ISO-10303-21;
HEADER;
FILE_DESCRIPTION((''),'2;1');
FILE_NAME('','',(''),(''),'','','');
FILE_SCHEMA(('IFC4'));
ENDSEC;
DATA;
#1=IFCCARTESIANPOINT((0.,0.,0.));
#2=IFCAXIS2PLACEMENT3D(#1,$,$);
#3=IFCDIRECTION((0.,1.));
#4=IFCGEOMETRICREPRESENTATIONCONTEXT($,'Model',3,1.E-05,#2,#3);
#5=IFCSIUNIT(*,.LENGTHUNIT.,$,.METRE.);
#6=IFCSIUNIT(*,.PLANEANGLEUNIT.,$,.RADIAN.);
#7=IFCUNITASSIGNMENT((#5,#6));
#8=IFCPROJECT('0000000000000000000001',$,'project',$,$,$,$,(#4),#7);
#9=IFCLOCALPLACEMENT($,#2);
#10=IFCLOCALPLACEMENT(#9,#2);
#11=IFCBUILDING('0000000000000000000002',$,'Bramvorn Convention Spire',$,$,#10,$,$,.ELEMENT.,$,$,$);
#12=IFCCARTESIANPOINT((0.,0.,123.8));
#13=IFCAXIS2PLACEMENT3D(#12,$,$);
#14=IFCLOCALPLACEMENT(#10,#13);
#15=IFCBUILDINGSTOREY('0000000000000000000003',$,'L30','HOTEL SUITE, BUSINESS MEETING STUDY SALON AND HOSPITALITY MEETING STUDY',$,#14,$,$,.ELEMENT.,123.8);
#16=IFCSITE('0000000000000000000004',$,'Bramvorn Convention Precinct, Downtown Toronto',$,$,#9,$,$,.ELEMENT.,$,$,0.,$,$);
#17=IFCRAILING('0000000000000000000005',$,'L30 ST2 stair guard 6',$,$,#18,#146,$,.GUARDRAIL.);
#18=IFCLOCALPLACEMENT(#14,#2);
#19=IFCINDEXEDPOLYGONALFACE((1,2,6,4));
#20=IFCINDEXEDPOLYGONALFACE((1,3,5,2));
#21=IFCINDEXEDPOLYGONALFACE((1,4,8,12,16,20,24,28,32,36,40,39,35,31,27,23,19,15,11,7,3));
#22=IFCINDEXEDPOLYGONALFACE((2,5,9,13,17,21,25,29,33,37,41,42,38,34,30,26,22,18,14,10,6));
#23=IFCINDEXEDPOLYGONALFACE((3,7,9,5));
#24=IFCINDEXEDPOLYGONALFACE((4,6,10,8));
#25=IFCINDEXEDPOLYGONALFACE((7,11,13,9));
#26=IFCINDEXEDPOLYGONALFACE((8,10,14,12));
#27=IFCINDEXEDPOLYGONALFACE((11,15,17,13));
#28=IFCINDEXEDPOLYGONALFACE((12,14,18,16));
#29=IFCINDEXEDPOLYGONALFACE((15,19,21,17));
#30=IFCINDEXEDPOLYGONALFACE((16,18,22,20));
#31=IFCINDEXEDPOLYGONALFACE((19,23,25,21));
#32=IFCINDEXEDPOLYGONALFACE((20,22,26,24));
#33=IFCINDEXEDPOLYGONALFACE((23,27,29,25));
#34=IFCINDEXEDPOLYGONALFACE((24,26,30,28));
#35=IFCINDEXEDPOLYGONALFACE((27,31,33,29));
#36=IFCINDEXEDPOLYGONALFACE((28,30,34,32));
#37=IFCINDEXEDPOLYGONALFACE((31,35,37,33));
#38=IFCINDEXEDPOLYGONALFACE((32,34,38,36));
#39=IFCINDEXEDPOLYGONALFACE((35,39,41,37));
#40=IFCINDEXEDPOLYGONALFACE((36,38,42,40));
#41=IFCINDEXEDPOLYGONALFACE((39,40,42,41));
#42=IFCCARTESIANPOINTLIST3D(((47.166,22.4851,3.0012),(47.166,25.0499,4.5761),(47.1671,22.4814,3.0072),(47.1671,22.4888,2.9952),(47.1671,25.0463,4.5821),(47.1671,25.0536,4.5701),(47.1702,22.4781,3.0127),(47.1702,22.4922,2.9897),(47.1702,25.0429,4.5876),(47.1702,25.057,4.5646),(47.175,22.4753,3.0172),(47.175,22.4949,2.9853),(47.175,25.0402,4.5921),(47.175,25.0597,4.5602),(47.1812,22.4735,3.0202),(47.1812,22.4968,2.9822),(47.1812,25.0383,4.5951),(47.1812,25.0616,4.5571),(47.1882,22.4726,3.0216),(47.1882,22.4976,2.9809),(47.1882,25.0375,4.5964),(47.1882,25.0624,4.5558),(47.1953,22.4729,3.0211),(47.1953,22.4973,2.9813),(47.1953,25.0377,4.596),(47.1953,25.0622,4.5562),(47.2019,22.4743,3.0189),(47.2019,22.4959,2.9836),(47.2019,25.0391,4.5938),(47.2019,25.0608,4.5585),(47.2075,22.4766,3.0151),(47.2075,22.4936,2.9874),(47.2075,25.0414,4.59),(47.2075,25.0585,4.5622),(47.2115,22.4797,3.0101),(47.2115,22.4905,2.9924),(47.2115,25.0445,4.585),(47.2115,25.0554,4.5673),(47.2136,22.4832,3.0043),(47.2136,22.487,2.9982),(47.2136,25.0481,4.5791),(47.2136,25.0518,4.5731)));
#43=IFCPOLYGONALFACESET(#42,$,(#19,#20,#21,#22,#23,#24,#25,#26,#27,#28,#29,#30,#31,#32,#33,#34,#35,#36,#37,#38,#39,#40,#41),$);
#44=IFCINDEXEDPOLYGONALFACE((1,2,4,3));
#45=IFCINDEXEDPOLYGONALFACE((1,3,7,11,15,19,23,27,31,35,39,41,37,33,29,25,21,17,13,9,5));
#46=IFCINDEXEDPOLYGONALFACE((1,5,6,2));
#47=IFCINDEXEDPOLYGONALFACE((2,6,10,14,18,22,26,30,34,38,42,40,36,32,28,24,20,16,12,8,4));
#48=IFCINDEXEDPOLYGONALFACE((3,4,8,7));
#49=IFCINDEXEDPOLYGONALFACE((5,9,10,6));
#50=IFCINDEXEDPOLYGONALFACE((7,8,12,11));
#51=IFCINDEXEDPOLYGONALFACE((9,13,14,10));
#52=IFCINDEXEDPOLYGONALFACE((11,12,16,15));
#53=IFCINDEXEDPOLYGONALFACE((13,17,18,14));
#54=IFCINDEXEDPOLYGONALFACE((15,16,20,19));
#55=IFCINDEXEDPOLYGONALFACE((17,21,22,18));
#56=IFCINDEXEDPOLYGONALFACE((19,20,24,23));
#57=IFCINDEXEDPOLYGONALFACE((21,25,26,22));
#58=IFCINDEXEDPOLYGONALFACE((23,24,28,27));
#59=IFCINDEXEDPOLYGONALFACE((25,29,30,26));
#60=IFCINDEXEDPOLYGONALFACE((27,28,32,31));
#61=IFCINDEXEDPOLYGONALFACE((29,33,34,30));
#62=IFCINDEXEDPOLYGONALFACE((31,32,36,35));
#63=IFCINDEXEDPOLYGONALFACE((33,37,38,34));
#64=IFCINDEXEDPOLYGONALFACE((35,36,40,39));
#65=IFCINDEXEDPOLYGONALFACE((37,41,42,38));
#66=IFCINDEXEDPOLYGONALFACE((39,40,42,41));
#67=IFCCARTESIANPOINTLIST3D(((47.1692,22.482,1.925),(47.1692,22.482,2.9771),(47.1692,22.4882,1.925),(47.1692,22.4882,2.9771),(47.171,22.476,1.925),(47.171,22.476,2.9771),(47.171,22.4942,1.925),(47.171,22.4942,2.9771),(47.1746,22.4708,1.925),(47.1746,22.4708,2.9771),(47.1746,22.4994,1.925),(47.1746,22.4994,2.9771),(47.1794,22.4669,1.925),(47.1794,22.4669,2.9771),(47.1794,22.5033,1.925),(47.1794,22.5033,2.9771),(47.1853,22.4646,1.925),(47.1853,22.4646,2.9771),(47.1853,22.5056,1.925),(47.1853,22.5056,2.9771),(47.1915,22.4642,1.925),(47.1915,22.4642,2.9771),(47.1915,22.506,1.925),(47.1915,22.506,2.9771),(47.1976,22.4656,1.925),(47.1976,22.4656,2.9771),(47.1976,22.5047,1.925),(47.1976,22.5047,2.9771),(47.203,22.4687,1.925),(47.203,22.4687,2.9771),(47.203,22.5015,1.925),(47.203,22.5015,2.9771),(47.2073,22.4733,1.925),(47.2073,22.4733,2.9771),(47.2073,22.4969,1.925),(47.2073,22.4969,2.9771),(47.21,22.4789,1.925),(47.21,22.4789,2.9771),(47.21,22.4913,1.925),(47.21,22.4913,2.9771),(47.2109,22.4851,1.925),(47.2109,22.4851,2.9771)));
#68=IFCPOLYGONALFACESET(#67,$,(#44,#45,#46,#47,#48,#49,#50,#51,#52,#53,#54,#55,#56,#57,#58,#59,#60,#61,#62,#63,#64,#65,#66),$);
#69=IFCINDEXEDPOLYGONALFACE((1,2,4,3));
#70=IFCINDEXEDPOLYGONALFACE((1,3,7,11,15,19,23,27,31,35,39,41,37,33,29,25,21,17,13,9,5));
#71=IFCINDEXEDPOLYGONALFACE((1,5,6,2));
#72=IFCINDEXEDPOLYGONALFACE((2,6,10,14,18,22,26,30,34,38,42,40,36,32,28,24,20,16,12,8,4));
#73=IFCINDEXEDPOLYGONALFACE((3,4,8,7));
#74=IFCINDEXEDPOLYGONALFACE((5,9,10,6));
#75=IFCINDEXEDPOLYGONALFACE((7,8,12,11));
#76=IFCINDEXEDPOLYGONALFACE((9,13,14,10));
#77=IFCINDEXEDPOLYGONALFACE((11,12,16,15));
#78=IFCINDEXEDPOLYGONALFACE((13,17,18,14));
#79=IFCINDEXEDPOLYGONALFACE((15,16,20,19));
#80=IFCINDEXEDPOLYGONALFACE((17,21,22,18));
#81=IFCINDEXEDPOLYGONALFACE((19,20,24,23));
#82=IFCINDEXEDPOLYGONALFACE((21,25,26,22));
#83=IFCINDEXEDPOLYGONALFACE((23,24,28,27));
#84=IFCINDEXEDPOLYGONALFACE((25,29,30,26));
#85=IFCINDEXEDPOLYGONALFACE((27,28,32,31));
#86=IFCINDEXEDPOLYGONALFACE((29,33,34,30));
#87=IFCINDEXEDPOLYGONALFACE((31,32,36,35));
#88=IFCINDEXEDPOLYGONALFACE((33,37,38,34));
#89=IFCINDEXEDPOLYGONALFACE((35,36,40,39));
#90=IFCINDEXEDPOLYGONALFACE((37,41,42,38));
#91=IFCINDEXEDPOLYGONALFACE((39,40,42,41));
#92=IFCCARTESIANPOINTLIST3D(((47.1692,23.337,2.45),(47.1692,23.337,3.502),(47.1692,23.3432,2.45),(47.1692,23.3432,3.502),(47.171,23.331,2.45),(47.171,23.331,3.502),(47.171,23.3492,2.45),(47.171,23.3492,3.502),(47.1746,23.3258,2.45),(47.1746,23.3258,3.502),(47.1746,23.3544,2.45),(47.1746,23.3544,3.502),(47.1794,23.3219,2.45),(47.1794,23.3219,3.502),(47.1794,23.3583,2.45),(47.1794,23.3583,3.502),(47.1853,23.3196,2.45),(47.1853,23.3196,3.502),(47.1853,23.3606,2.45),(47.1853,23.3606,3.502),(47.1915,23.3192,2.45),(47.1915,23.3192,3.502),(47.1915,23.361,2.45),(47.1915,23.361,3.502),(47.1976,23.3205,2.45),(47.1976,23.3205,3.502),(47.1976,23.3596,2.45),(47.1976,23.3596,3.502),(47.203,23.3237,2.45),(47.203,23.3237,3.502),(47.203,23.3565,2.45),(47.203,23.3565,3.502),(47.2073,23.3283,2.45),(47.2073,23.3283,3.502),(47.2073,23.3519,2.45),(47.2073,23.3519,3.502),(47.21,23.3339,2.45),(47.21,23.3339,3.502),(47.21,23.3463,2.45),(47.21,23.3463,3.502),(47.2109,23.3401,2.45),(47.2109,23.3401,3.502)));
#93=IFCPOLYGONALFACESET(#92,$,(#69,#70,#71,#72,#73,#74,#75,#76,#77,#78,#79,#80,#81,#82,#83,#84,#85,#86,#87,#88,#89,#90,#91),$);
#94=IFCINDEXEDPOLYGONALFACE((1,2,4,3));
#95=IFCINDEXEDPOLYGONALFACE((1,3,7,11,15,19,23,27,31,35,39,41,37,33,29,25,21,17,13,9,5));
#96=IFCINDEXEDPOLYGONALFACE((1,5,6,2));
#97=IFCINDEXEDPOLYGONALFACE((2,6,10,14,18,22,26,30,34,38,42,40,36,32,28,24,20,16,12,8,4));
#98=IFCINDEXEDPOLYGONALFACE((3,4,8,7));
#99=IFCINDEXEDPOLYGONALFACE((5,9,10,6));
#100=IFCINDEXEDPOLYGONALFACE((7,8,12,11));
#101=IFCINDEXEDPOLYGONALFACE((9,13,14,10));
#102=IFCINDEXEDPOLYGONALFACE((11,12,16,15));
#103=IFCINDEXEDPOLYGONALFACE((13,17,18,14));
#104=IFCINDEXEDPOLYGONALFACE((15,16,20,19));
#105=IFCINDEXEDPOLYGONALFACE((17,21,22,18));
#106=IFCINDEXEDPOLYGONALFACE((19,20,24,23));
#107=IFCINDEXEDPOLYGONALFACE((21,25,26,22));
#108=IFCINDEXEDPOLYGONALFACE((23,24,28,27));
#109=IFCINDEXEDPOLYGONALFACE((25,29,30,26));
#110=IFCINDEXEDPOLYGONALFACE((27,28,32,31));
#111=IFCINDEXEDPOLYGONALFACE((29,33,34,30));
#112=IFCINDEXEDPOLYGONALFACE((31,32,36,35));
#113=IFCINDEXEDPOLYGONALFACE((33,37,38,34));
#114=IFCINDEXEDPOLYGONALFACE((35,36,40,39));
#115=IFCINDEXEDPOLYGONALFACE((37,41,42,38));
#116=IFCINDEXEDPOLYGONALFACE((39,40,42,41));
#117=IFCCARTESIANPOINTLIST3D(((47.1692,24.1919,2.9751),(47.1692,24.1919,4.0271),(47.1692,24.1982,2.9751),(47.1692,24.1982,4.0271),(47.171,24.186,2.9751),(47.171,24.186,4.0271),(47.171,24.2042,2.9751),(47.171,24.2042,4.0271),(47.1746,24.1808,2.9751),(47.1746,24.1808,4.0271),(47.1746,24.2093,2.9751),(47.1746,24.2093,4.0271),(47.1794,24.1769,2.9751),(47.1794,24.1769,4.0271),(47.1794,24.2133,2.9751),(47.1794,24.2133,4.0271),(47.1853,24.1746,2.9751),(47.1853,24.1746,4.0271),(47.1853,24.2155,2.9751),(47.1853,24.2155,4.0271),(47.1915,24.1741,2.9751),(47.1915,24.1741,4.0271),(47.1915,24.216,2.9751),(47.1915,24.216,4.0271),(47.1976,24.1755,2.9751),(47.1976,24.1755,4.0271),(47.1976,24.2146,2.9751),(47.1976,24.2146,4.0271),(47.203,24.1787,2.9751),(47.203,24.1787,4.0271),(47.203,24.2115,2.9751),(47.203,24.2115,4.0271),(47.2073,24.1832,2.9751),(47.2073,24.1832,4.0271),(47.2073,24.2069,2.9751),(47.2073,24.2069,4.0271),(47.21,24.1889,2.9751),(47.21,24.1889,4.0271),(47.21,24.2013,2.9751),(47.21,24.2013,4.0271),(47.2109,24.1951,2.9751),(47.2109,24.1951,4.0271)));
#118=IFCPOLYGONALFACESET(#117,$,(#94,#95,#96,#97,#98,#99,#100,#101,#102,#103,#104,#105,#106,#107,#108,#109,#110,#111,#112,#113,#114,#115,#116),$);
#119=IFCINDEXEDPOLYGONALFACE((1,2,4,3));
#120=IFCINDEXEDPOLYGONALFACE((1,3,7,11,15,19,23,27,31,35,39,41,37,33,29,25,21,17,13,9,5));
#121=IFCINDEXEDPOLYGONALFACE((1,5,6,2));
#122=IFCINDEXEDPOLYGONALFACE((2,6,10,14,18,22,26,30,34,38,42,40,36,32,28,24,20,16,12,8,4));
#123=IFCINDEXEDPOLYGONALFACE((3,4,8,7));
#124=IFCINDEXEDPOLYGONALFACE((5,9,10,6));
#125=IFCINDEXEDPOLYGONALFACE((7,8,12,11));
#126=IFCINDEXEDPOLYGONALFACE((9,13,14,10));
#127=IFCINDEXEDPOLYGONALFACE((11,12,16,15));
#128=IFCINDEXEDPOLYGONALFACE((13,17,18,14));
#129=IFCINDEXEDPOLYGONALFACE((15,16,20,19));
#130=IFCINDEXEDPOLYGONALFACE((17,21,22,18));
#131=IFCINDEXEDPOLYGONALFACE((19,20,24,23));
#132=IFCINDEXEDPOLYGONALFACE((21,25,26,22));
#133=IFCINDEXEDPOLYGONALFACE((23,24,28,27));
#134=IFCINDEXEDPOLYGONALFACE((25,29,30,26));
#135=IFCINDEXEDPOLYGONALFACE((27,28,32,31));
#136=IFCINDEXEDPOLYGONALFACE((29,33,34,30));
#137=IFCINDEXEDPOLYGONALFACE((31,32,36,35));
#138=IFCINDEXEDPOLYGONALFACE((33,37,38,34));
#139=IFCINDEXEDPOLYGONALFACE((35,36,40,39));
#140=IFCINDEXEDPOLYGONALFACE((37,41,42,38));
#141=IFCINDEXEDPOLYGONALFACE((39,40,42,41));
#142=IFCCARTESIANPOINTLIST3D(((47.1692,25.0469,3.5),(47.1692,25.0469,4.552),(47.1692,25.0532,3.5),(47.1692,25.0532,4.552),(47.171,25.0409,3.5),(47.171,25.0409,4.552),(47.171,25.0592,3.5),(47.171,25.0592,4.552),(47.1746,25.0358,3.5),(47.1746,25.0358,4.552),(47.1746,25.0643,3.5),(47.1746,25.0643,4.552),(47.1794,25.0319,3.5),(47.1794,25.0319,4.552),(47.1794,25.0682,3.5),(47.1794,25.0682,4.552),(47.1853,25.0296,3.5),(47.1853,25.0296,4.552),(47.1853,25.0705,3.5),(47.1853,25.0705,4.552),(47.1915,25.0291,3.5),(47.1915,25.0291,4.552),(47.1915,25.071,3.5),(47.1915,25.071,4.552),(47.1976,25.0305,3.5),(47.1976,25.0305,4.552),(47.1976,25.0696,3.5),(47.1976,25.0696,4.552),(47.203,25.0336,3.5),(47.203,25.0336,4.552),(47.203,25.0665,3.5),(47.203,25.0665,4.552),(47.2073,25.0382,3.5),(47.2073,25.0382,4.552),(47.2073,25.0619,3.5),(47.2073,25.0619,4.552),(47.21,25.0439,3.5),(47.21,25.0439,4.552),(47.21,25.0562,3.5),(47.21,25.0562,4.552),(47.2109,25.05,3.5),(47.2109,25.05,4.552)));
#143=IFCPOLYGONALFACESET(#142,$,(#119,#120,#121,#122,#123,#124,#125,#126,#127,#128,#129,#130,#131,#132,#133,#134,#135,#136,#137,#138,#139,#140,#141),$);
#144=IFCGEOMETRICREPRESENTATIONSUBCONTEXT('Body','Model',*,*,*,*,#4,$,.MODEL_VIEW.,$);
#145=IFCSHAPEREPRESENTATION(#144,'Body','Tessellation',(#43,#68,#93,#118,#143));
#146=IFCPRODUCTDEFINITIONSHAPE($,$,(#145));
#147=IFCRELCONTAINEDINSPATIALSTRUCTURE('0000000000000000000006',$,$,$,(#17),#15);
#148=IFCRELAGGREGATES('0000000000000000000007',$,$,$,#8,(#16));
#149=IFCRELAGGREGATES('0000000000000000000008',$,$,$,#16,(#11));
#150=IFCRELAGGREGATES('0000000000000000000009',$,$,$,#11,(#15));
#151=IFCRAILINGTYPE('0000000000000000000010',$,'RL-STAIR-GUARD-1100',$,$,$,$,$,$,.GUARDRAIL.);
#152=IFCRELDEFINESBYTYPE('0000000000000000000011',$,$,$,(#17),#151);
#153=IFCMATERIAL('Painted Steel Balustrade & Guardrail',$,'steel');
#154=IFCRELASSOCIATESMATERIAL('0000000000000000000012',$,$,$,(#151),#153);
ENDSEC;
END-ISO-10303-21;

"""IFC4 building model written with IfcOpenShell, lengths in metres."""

from ifc_helpers import new_model, si_unit, direction, frame, origin, origin_2d, place, context, subcontext, project, spatial, circle, extrude, material, type_object, element, save


model = new_model("IFC4")

# Units and contexts
model_context = context("Model", 3, precision=1e-05, world=origin(), true_north=direction((0.0, 1.0)))
body_context = subcontext(model_context, "Body", "Model", "MODEL_VIEW")
ifc_project = project(units=[si_unit("LENGTHUNIT", "METRE"), si_unit("PLANEANGLEUNIT", "RADIAN")], contexts=[model_context])

# Site, building, storey
site_placement = place(None, origin())
site = spatial("IfcSite", under=ifc_project, at=site_placement, Name="Bramvorn Convention Precinct, Downtown Toronto", CompositionType="ELEMENT", RefElevation=0.0)
building_placement = place(site_placement, origin())
building = spatial("IfcBuilding", under=site, at=building_placement, Name="Bramvorn Convention Spire", CompositionType="ELEMENT")
storey_placement = place(building_placement, frame((0.0, 0.0, 123.8)))
storey = spatial("IfcBuildingStorey", under=building, at=storey_placement, Name="L30", Description="HOTEL SUITE, BUSINESS MEETING STUDY SALON AND HOSPITALITY MEETING STUDY", CompositionType="ELEMENT", Elevation=123.8)

# Railing
ifc_material_1 = material(Name="Painted Steel Balustrade & Guardrail", Category="steel")
railing_type_1 = type_object("IfcRailingType", Name="RL-STAIR-GUARD-1100", PredefinedType="GUARDRAIL", material=ifc_material_1)
railing_1_placement = place(storey_placement, frame((47.1899, 22.4851, 1.925)))
element("IfcRailing", 1, at=railing_1_placement, inside=storey, type_object=railing_type_1, Name="L30 ST2 stair guard 6", PredefinedType="GUARDRAIL", context=body_context, shape_type="SweptSolid", body=[
    extrude(circle(Radius=0.0239, at=origin_2d()), frame((0.0, 0.0, 1.0762), z_axis=(0.0, 0.852173, 0.52326), x_axis=(-1.0, 0.0, 0.0)), (0.0, 0.0, 1.0), 3.0098),
    extrude(circle(Radius=0.021, at=origin_2d()), origin(), (0.0, 0.0, 1.0), 1.052),
    extrude(circle(Radius=0.021, at=origin_2d()), frame((0.0, 0.855, 0.5249)), (0.0, 0.0, 1.0), 1.052),
    extrude(circle(Radius=0.021, at=origin_2d()), frame((0.0, 1.71, 1.05)), (0.0, 0.0, 1.0), 1.052),
    extrude(circle(Radius=0.021, at=origin_2d()), frame((0.0, 2.5649, 1.575)), (0.0, 0.0, 1.0), 1.052),
])

save(model, "model.ifc")
